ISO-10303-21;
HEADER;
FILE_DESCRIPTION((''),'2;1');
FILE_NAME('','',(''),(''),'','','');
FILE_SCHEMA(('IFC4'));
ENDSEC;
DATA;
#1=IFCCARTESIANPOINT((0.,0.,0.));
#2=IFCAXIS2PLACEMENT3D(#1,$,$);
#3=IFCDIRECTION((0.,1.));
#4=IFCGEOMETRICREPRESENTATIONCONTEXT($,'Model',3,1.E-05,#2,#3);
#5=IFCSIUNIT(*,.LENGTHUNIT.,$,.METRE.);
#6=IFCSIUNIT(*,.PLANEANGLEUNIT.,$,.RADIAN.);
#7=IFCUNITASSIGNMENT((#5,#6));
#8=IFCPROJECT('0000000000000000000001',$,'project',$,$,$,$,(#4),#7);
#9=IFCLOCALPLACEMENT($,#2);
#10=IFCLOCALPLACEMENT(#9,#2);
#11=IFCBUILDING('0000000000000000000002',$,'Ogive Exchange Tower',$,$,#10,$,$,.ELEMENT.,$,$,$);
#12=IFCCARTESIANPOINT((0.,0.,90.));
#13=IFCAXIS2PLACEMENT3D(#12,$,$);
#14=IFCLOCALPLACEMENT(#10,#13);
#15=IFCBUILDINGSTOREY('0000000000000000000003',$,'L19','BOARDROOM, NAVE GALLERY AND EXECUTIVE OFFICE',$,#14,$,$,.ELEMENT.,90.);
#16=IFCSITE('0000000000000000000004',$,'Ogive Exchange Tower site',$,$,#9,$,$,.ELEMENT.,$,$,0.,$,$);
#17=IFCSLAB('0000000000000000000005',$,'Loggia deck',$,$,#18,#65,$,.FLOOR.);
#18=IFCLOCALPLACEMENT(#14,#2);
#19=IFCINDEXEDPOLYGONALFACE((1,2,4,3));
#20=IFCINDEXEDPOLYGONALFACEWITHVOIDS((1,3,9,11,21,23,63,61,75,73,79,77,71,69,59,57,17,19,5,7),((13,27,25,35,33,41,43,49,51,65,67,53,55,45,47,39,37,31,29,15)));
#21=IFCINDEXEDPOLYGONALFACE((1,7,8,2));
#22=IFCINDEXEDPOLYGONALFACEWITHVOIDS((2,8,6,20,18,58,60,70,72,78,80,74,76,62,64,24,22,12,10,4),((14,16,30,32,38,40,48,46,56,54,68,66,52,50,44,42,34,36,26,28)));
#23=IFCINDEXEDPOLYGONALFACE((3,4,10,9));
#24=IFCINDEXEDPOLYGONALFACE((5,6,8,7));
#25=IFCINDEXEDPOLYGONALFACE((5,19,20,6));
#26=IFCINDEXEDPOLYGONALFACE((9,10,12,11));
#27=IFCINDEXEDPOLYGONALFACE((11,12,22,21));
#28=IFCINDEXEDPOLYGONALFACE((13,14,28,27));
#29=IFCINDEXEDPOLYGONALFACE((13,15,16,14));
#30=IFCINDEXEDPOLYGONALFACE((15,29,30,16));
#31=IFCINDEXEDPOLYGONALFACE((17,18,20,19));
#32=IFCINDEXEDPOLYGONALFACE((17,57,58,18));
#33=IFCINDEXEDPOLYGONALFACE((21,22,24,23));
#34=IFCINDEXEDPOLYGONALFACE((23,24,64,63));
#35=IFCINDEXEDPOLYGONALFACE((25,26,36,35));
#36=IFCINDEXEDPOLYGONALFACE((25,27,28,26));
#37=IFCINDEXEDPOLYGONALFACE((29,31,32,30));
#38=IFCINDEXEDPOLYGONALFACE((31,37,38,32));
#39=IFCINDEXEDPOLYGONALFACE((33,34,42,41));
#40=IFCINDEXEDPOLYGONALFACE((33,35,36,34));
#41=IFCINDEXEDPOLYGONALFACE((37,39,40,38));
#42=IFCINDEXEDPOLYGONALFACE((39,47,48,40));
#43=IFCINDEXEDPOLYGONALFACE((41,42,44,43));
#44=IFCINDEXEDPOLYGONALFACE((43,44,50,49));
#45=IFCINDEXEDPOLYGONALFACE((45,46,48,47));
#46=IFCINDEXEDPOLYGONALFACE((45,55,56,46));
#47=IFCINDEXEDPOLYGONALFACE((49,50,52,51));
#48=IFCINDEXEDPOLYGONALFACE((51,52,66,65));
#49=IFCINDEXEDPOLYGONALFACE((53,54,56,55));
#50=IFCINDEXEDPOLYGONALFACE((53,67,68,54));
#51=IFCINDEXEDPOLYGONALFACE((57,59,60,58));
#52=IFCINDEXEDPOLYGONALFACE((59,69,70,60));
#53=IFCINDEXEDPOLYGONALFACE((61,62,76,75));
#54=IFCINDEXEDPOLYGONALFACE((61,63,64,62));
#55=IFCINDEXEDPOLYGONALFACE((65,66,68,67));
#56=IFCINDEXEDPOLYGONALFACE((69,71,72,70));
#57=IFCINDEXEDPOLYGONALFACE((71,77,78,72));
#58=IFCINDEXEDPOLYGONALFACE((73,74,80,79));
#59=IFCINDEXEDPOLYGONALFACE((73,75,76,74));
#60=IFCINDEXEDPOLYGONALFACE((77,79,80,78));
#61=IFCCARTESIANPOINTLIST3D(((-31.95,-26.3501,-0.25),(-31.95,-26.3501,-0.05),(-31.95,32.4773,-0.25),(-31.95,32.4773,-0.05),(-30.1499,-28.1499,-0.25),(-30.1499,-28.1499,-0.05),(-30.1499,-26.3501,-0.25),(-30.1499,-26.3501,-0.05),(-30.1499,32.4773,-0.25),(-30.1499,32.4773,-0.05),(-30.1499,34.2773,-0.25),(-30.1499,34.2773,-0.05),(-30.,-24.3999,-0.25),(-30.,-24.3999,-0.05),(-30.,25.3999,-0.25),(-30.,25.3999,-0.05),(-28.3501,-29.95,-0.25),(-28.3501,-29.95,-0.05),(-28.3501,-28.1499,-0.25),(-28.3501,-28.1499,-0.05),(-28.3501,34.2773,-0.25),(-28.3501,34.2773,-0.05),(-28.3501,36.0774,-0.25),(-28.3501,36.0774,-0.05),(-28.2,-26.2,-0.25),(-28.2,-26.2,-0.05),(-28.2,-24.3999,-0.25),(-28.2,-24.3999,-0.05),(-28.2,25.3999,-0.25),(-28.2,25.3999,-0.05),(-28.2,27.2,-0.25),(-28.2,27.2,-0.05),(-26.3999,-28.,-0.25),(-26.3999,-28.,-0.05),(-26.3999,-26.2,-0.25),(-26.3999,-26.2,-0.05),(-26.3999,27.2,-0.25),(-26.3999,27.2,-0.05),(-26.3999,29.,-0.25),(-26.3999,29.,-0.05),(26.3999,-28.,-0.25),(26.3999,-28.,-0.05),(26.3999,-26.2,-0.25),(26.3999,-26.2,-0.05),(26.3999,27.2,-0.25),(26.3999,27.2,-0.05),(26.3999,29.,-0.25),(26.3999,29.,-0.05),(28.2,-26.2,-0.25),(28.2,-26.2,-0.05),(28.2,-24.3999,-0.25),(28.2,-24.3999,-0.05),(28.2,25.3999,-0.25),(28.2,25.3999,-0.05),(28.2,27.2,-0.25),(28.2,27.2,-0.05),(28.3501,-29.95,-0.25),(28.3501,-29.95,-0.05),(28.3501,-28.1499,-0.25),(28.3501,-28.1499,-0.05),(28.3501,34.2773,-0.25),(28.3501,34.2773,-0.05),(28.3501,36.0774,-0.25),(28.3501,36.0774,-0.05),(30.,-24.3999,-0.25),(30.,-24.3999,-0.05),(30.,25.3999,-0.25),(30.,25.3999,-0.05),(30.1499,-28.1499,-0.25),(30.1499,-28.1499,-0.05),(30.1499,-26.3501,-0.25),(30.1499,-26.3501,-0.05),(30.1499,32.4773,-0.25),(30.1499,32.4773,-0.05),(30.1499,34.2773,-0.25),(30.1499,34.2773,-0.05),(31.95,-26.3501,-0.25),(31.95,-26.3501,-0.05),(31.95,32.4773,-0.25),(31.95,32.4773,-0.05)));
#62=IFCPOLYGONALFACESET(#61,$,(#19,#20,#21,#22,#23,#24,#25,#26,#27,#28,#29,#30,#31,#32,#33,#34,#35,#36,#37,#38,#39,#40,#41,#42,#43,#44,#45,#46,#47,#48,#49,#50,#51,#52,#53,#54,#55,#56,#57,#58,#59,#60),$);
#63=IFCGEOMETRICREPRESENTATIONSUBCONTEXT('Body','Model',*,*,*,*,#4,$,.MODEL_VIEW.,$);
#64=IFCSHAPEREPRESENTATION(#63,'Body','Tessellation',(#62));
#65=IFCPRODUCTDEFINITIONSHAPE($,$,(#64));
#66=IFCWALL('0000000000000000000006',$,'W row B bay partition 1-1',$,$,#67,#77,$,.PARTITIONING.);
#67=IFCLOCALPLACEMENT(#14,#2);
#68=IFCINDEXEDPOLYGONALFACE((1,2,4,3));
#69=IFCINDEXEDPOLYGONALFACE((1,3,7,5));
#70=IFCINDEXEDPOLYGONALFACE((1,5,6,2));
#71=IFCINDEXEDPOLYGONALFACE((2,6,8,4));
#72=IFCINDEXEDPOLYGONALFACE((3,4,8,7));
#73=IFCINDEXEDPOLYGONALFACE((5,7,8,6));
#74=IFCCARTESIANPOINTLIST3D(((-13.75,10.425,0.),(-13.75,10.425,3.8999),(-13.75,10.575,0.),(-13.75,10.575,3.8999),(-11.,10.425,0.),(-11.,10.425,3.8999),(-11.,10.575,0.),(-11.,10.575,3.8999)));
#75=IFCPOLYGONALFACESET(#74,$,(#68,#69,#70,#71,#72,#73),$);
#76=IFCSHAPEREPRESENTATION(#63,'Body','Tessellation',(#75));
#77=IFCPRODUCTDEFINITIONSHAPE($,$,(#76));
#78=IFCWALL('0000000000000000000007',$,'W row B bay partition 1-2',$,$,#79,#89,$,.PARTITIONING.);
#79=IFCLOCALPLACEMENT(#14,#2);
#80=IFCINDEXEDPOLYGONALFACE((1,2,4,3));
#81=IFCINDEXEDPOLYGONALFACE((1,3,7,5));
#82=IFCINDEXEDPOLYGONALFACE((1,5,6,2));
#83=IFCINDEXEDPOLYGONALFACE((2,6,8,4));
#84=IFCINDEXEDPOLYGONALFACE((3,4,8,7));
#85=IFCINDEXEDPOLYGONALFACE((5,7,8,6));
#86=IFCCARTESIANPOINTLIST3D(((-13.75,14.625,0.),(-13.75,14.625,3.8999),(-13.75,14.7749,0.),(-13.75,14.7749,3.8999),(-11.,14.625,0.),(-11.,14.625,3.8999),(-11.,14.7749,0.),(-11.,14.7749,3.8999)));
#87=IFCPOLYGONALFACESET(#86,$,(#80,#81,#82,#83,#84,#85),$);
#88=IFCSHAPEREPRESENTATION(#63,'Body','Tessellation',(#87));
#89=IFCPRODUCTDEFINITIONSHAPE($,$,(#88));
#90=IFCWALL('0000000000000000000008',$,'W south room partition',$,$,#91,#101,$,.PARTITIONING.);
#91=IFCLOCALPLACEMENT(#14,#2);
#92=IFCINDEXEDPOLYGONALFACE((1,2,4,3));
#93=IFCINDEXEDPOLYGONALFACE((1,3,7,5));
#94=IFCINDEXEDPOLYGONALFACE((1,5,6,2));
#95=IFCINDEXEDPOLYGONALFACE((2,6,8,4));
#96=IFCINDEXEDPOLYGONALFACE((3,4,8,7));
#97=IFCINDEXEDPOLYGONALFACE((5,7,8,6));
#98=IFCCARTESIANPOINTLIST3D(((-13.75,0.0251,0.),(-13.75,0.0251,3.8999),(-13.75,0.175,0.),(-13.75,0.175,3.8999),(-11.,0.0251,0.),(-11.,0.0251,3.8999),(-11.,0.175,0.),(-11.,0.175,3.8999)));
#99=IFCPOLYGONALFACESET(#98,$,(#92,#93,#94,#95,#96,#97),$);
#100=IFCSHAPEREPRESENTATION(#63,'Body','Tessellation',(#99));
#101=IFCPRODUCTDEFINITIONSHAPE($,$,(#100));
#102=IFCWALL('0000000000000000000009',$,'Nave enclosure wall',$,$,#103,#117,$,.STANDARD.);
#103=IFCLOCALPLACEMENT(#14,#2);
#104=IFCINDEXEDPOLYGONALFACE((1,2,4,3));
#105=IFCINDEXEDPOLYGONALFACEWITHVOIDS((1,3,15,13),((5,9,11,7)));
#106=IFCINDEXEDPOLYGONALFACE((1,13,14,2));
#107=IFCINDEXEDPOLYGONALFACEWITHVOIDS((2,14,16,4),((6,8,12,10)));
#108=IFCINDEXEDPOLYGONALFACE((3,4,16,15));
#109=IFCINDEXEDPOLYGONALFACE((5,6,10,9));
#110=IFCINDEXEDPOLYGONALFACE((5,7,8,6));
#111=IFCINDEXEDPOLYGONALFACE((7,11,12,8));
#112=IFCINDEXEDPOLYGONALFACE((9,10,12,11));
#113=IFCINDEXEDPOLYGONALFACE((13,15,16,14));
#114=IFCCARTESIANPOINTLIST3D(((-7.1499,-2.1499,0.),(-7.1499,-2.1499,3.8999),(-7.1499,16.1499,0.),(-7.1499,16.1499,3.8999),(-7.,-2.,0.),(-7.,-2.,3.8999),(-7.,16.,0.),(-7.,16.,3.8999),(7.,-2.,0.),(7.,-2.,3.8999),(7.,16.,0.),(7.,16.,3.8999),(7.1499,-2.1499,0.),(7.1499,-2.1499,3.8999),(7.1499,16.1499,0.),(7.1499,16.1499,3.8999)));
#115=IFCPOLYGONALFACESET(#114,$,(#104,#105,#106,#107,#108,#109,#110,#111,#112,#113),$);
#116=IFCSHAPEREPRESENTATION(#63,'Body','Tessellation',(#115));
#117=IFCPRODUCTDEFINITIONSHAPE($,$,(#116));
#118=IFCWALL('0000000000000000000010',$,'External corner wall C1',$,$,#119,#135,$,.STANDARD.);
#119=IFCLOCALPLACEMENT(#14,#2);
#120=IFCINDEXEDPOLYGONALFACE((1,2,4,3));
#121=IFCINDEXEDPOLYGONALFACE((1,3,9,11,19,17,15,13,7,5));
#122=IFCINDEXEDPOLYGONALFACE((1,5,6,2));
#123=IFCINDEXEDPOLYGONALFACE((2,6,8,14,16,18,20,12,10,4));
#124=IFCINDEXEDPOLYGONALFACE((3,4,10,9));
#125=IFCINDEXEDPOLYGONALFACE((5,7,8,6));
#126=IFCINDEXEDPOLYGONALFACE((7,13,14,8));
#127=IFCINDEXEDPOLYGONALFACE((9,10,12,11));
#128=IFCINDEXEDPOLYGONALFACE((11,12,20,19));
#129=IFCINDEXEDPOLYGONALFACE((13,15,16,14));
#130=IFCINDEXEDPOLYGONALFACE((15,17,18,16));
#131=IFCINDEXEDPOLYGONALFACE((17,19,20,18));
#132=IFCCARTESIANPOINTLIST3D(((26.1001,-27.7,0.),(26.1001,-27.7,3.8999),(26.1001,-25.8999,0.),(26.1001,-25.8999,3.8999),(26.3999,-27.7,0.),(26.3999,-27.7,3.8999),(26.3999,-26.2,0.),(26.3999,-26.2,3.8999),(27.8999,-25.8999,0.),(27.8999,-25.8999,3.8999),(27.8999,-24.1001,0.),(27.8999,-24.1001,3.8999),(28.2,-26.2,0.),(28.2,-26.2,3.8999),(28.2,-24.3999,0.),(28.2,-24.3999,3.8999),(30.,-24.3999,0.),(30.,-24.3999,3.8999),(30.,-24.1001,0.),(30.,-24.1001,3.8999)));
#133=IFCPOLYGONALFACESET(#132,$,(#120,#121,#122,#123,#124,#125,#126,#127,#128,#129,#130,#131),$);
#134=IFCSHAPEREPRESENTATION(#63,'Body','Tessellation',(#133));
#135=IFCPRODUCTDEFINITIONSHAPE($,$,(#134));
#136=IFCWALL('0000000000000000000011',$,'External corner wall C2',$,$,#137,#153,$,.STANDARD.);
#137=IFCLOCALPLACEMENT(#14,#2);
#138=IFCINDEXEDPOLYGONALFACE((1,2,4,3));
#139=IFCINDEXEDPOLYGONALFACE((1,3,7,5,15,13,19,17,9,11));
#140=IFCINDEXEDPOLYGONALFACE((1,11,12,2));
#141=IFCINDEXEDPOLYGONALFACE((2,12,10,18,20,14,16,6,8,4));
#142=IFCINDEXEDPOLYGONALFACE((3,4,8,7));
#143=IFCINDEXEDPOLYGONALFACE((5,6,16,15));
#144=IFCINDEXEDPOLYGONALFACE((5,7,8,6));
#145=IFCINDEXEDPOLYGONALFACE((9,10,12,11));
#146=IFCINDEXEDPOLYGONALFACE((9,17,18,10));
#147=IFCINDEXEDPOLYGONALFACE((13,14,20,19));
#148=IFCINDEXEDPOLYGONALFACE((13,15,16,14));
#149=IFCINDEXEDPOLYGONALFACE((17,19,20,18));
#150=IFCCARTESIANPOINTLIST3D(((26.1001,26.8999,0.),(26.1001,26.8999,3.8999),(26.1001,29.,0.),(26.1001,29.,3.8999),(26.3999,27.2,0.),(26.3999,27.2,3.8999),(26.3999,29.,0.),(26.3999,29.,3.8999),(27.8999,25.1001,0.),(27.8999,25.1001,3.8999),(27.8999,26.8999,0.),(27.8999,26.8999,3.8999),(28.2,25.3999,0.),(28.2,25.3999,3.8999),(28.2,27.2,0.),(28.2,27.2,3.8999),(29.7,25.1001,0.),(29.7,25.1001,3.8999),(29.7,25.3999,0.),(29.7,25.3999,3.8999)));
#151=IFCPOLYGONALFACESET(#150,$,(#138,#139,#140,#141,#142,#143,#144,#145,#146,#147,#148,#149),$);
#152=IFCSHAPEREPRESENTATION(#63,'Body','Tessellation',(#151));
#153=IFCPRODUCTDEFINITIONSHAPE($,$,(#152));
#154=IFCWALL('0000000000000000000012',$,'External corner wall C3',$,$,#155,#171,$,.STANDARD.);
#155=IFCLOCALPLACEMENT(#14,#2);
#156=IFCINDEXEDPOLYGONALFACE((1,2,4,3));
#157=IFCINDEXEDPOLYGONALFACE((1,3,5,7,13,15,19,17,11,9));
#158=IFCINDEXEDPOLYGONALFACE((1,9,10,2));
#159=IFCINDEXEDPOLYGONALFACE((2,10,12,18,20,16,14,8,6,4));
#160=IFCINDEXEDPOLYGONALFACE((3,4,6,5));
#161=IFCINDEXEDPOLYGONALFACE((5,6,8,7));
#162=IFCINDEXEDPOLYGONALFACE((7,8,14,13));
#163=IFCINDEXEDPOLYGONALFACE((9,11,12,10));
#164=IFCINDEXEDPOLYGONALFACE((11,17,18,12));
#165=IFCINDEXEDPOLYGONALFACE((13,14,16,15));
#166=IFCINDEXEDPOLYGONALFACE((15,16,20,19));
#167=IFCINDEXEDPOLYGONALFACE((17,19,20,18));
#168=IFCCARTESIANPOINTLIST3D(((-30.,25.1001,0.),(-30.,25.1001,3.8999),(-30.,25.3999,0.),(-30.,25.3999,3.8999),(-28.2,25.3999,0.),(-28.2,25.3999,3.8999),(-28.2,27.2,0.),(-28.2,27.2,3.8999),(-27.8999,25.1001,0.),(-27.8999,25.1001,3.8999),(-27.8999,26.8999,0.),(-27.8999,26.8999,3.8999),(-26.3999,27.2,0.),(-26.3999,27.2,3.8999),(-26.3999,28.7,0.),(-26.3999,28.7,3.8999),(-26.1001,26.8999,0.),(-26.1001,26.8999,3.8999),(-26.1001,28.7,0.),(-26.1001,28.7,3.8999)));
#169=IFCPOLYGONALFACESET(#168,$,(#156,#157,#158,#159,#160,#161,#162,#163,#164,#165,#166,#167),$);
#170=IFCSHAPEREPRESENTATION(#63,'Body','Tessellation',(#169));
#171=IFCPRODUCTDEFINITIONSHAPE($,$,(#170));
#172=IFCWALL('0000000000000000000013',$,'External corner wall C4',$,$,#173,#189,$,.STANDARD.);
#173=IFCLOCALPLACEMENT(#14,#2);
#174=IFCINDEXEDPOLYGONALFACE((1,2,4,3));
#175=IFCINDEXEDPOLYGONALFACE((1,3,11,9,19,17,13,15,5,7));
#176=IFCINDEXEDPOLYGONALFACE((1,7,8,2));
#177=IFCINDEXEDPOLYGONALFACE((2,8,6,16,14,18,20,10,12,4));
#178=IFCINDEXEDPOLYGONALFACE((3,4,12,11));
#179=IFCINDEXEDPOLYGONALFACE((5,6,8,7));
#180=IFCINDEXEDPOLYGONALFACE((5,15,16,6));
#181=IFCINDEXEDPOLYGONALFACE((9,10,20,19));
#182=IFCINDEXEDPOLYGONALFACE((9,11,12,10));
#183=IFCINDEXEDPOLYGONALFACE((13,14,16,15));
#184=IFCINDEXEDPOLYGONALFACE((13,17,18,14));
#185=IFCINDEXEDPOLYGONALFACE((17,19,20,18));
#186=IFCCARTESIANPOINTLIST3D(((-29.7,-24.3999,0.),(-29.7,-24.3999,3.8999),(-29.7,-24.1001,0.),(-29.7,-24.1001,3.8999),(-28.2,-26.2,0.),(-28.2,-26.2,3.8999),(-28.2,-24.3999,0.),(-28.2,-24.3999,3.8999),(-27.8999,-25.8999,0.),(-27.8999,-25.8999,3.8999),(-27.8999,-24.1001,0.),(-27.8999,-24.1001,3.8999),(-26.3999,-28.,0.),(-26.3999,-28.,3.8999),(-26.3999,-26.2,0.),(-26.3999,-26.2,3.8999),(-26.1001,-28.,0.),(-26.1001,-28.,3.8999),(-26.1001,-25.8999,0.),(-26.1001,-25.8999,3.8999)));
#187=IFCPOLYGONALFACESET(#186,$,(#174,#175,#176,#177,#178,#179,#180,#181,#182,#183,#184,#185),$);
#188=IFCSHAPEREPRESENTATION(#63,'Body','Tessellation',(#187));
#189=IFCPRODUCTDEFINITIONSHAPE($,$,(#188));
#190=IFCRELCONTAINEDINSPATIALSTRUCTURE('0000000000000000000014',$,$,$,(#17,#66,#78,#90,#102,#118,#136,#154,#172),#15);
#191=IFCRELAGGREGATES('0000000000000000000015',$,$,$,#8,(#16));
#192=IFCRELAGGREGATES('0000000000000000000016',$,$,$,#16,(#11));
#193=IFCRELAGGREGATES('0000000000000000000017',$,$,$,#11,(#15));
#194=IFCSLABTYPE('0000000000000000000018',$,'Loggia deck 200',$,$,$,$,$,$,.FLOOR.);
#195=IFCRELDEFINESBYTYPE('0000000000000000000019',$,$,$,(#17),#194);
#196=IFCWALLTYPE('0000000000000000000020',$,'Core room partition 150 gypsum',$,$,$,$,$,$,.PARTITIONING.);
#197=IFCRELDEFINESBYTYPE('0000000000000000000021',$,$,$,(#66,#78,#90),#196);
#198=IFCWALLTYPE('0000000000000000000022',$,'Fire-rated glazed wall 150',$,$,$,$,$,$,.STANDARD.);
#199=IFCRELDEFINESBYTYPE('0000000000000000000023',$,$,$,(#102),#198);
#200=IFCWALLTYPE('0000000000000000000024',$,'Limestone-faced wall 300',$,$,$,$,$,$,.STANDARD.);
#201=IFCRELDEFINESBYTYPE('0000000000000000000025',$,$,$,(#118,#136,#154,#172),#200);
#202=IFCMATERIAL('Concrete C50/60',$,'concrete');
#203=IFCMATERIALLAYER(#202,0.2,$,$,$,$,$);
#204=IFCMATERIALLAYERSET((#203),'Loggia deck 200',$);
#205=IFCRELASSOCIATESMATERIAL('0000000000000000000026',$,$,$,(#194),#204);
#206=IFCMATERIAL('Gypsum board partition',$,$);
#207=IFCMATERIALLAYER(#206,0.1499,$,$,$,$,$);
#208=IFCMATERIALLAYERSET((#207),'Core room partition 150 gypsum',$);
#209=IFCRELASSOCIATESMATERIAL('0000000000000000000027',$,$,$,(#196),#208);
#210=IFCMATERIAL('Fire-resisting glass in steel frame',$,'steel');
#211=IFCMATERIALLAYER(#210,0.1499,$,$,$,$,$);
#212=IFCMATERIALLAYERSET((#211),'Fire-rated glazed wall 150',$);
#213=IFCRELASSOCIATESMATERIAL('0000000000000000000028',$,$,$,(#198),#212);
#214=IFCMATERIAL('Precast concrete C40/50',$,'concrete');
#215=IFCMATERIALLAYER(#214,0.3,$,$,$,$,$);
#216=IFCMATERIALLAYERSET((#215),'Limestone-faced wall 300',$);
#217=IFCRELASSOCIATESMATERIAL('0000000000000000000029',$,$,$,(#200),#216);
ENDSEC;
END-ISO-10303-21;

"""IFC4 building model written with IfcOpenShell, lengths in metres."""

from ifc_helpers import new_model, si_unit, direction, frame, frame_2d, origin, place, context, subcontext, project, spatial, polyline, rectangle, outline, extrude, material, layer, layer_set, type_object, element, save


model = new_model("IFC4")

# Units and contexts
model_context = context("Model", 3, precision=1e-05, world=origin(), true_north=direction((0.0, 1.0)))
body_context = subcontext(model_context, "Body", "Model", "MODEL_VIEW")
ifc_project = project(units=[si_unit("LENGTHUNIT", "METRE"), si_unit("PLANEANGLEUNIT", "RADIAN")], contexts=[model_context])

# Site, building, storey
site_placement = place(None, origin())
site = spatial("IfcSite", under=ifc_project, at=site_placement, Name="Ogive Exchange Tower site", CompositionType="ELEMENT", RefElevation=0.0)
building_placement = place(site_placement, origin())
building = spatial("IfcBuilding", under=site, at=building_placement, Name="Ogive Exchange Tower", CompositionType="ELEMENT")
storey_placement = place(building_placement, frame((0.0, 0.0, 90.0)))
storey = spatial("IfcBuildingStorey", under=building, at=storey_placement, Name="L19", Description="BOARDROOM, NAVE GALLERY AND EXECUTIVE OFFICE", CompositionType="ELEMENT", Elevation=90.0)

# Slab
ifc_material_1 = material(Name="Concrete C50/60", Category="concrete")
ifc_layer_1 = layer(ifc_material_1, 0.2)
ifc_layer_set_1 = layer_set([ifc_layer_1], Name="Loggia deck 200")
slab_type_1 = type_object("IfcSlabType", Name="Loggia deck 200", PredefinedType="FLOOR", material=ifc_layer_set_1)
slab_1_placement = place(storey_placement, frame((0.0, 0.0, -0.25)))
element("IfcSlab", 1, at=slab_1_placement, inside=storey, type_object=slab_type_1, Name="Loggia deck", PredefinedType="FLOOR", context=body_context, shape_type="SweptSolid", body=[
    extrude(outline(polyline([(-28.3501, -28.1499), (-30.1499, -28.1499), (-30.1499, -26.3501), (-31.95, -26.3501), (-31.95, 32.4773), (-30.1499, 32.4773), (-30.1499, 34.2773), (-28.3501, 34.2773), (-28.3501, 36.0774), (28.3501, 36.0774), (28.3501, 34.2773), (30.1499, 34.2773), (30.1499, 32.4773), (31.95, 32.4773), (31.95, -26.3501), (30.1499, -26.3501), (30.1499, -28.1499), (28.3501, -28.1499), (28.3501, -29.95), (-28.3501, -29.95), (-28.3501, -28.1499)]), holes=[polyline([(26.3999, -26.2), (28.2, -26.2), (28.2, -24.3999), (30.0, -24.3999), (30.0, 25.3999), (28.2, 25.3999), (28.2, 27.2), (26.3999, 27.2), (26.3999, 29.0), (-26.3999, 29.0), (-26.3999, 27.2), (-28.2, 27.2), (-28.2, 25.3999), (-30.0, 25.3999), (-30.0, -24.3999), (-28.2, -24.3999), (-28.2, -26.2), (-26.3999, -26.2), (-26.3999, -28.0), (26.3999, -28.0), (26.3999, -26.2)])]), origin(), (0.0, 0.0, 1.0), 0.2),
])

# Walls
ifc_material_2 = material(Name="Gypsum board partition")
ifc_layer_2 = layer(ifc_material_2, 0.1499)
ifc_layer_set_2 = layer_set([ifc_layer_2], Name="Core room partition 150 gypsum")
wall_type_1 = type_object("IfcWallType", Name="Core room partition 150 gypsum", PredefinedType="PARTITIONING", material=ifc_layer_set_2)
for number, where, z_axis, x_axis, name in (
    (2, (-13.75, 10.5, 0.0), (0.0, 0.0, 1.0), (1.0, 0.0, 0.0), "W row B bay partition 1-1"),
    (3, (-13.75, 14.7, 0.0), (0.0, 0.0, 1.0), (1.0, 0.0, 0.0), "W row B bay partition 1-2"),
    (4, (-13.75, 0.1001, 0.0), (0.0, 0.0, 1.0), (1.0, 0.0, 0.0), "W south room partition"),
):
    element("IfcWall", number, at=place(storey_placement, frame(where, z_axis=z_axis, x_axis=x_axis)), inside=storey, type_object=wall_type_1, Name=name, PredefinedType="PARTITIONING", context=body_context, shape_type="SweptSolid", body=[
        extrude(rectangle(XDim=2.75, YDim=0.1499, at=frame_2d((1.375, 0.0))), origin(), (0.0, 0.0, 1.0), 3.8999),
    ])
ifc_material_3 = material(Name="Fire-resisting glass in steel frame", Category="steel")
ifc_layer_3 = layer(ifc_material_3, 0.1499)
ifc_layer_set_3 = layer_set([ifc_layer_3], Name="Fire-rated glazed wall 150")
wall_type_2 = type_object("IfcWallType", Name="Fire-rated glazed wall 150", PredefinedType="STANDARD", material=ifc_layer_set_3)
wall_1_placement = place(storey_placement, origin())
element("IfcWall", 5, at=wall_1_placement, inside=storey, type_object=wall_type_2, Name="Nave enclosure wall", PredefinedType="STANDARD", context=body_context, shape_type="SweptSolid", body=[
    extrude(outline(polyline([(-7.1499, -2.1499), (7.1499, -2.1499), (7.1499, 16.1499), (-7.1499, 16.1499), (-7.1499, -2.1499)]), holes=[polyline([(-7.0, -2.0), (-7.0, 16.0), (7.0, 16.0), (7.0, -2.0), (-7.0, -2.0)])]), origin(), (0.0, 0.0, 1.0), 3.8999),
])
ifc_material_4 = material(Name="Precast concrete C40/50", Category="concrete")
ifc_layer_4 = layer(ifc_material_4, 0.3)
ifc_layer_set_4 = layer_set([ifc_layer_4], Name="Limestone-faced wall 300")
wall_type_3 = type_object("IfcWallType", Name="Limestone-faced wall 300", PredefinedType="STANDARD", material=ifc_layer_set_4)
wall_2_placement = place(storey_placement, origin())
element("IfcWall", 6, at=wall_2_placement, inside=storey, type_object=wall_type_3, Name="External corner wall C1", PredefinedType="STANDARD", context=body_context, shape_type="SweptSolid", body=[
    extrude(outline(polyline([(27.8999, -25.8999), (27.8999, -24.1001), (30.0, -24.1001), (30.0, -24.3999), (28.2, -24.3999), (28.2, -26.2), (26.3999, -26.2), (26.3999, -27.7), (26.1001, -27.7), (26.1001, -25.8999), (27.8999, -25.8999)])), origin(), (0.0, 0.0, 1.0), 3.8999),
])
wall_3_placement = place(storey_placement, origin())
element("IfcWall", 7, at=wall_3_placement, inside=storey, type_object=wall_type_3, Name="External corner wall C2", PredefinedType="STANDARD", context=body_context, shape_type="SweptSolid", body=[
    extrude(outline(polyline([(27.8999, 26.8999), (26.1001, 26.8999), (26.1001, 29.0), (26.3999, 29.0), (26.3999, 27.2), (28.2, 27.2), (28.2, 25.3999), (29.7, 25.3999), (29.7, 25.1001), (27.8999, 25.1001), (27.8999, 26.8999)])), origin(), (0.0, 0.0, 1.0), 3.8999),
])
wall_4_placement = place(storey_placement, origin())
element("IfcWall", 8, at=wall_4_placement, inside=storey, type_object=wall_type_3, Name="External corner wall C3", PredefinedType="STANDARD", context=body_context, shape_type="SweptSolid", body=[
    extrude(outline(polyline([(-28.2, 25.3999), (-28.2, 27.2), (-26.3999, 27.2), (-26.3999, 28.7), (-26.1001, 28.7), (-26.1001, 26.8999), (-27.8999, 26.8999), (-27.8999, 25.1001), (-30.0, 25.1001), (-30.0, 25.3999), (-28.2, 25.3999)])), origin(), (0.0, 0.0, 1.0), 3.8999),
])
wall_5_placement = place(storey_placement, origin())
element("IfcWall", 9, at=wall_5_placement, inside=storey, type_object=wall_type_3, Name="External corner wall C4", PredefinedType="STANDARD", context=body_context, shape_type="SweptSolid", body=[
    extrude(outline(polyline([(-26.3999, -26.2), (-28.2, -26.2), (-28.2, -24.3999), (-29.7, -24.3999), (-29.7, -24.1001), (-27.8999, -24.1001), (-27.8999, -25.8999), (-26.1001, -25.8999), (-26.1001, -28.0), (-26.3999, -28.0), (-26.3999, -26.2)])), origin(), (0.0, 0.0, 1.0), 3.8999),
])

save(model, "model.ifc")
